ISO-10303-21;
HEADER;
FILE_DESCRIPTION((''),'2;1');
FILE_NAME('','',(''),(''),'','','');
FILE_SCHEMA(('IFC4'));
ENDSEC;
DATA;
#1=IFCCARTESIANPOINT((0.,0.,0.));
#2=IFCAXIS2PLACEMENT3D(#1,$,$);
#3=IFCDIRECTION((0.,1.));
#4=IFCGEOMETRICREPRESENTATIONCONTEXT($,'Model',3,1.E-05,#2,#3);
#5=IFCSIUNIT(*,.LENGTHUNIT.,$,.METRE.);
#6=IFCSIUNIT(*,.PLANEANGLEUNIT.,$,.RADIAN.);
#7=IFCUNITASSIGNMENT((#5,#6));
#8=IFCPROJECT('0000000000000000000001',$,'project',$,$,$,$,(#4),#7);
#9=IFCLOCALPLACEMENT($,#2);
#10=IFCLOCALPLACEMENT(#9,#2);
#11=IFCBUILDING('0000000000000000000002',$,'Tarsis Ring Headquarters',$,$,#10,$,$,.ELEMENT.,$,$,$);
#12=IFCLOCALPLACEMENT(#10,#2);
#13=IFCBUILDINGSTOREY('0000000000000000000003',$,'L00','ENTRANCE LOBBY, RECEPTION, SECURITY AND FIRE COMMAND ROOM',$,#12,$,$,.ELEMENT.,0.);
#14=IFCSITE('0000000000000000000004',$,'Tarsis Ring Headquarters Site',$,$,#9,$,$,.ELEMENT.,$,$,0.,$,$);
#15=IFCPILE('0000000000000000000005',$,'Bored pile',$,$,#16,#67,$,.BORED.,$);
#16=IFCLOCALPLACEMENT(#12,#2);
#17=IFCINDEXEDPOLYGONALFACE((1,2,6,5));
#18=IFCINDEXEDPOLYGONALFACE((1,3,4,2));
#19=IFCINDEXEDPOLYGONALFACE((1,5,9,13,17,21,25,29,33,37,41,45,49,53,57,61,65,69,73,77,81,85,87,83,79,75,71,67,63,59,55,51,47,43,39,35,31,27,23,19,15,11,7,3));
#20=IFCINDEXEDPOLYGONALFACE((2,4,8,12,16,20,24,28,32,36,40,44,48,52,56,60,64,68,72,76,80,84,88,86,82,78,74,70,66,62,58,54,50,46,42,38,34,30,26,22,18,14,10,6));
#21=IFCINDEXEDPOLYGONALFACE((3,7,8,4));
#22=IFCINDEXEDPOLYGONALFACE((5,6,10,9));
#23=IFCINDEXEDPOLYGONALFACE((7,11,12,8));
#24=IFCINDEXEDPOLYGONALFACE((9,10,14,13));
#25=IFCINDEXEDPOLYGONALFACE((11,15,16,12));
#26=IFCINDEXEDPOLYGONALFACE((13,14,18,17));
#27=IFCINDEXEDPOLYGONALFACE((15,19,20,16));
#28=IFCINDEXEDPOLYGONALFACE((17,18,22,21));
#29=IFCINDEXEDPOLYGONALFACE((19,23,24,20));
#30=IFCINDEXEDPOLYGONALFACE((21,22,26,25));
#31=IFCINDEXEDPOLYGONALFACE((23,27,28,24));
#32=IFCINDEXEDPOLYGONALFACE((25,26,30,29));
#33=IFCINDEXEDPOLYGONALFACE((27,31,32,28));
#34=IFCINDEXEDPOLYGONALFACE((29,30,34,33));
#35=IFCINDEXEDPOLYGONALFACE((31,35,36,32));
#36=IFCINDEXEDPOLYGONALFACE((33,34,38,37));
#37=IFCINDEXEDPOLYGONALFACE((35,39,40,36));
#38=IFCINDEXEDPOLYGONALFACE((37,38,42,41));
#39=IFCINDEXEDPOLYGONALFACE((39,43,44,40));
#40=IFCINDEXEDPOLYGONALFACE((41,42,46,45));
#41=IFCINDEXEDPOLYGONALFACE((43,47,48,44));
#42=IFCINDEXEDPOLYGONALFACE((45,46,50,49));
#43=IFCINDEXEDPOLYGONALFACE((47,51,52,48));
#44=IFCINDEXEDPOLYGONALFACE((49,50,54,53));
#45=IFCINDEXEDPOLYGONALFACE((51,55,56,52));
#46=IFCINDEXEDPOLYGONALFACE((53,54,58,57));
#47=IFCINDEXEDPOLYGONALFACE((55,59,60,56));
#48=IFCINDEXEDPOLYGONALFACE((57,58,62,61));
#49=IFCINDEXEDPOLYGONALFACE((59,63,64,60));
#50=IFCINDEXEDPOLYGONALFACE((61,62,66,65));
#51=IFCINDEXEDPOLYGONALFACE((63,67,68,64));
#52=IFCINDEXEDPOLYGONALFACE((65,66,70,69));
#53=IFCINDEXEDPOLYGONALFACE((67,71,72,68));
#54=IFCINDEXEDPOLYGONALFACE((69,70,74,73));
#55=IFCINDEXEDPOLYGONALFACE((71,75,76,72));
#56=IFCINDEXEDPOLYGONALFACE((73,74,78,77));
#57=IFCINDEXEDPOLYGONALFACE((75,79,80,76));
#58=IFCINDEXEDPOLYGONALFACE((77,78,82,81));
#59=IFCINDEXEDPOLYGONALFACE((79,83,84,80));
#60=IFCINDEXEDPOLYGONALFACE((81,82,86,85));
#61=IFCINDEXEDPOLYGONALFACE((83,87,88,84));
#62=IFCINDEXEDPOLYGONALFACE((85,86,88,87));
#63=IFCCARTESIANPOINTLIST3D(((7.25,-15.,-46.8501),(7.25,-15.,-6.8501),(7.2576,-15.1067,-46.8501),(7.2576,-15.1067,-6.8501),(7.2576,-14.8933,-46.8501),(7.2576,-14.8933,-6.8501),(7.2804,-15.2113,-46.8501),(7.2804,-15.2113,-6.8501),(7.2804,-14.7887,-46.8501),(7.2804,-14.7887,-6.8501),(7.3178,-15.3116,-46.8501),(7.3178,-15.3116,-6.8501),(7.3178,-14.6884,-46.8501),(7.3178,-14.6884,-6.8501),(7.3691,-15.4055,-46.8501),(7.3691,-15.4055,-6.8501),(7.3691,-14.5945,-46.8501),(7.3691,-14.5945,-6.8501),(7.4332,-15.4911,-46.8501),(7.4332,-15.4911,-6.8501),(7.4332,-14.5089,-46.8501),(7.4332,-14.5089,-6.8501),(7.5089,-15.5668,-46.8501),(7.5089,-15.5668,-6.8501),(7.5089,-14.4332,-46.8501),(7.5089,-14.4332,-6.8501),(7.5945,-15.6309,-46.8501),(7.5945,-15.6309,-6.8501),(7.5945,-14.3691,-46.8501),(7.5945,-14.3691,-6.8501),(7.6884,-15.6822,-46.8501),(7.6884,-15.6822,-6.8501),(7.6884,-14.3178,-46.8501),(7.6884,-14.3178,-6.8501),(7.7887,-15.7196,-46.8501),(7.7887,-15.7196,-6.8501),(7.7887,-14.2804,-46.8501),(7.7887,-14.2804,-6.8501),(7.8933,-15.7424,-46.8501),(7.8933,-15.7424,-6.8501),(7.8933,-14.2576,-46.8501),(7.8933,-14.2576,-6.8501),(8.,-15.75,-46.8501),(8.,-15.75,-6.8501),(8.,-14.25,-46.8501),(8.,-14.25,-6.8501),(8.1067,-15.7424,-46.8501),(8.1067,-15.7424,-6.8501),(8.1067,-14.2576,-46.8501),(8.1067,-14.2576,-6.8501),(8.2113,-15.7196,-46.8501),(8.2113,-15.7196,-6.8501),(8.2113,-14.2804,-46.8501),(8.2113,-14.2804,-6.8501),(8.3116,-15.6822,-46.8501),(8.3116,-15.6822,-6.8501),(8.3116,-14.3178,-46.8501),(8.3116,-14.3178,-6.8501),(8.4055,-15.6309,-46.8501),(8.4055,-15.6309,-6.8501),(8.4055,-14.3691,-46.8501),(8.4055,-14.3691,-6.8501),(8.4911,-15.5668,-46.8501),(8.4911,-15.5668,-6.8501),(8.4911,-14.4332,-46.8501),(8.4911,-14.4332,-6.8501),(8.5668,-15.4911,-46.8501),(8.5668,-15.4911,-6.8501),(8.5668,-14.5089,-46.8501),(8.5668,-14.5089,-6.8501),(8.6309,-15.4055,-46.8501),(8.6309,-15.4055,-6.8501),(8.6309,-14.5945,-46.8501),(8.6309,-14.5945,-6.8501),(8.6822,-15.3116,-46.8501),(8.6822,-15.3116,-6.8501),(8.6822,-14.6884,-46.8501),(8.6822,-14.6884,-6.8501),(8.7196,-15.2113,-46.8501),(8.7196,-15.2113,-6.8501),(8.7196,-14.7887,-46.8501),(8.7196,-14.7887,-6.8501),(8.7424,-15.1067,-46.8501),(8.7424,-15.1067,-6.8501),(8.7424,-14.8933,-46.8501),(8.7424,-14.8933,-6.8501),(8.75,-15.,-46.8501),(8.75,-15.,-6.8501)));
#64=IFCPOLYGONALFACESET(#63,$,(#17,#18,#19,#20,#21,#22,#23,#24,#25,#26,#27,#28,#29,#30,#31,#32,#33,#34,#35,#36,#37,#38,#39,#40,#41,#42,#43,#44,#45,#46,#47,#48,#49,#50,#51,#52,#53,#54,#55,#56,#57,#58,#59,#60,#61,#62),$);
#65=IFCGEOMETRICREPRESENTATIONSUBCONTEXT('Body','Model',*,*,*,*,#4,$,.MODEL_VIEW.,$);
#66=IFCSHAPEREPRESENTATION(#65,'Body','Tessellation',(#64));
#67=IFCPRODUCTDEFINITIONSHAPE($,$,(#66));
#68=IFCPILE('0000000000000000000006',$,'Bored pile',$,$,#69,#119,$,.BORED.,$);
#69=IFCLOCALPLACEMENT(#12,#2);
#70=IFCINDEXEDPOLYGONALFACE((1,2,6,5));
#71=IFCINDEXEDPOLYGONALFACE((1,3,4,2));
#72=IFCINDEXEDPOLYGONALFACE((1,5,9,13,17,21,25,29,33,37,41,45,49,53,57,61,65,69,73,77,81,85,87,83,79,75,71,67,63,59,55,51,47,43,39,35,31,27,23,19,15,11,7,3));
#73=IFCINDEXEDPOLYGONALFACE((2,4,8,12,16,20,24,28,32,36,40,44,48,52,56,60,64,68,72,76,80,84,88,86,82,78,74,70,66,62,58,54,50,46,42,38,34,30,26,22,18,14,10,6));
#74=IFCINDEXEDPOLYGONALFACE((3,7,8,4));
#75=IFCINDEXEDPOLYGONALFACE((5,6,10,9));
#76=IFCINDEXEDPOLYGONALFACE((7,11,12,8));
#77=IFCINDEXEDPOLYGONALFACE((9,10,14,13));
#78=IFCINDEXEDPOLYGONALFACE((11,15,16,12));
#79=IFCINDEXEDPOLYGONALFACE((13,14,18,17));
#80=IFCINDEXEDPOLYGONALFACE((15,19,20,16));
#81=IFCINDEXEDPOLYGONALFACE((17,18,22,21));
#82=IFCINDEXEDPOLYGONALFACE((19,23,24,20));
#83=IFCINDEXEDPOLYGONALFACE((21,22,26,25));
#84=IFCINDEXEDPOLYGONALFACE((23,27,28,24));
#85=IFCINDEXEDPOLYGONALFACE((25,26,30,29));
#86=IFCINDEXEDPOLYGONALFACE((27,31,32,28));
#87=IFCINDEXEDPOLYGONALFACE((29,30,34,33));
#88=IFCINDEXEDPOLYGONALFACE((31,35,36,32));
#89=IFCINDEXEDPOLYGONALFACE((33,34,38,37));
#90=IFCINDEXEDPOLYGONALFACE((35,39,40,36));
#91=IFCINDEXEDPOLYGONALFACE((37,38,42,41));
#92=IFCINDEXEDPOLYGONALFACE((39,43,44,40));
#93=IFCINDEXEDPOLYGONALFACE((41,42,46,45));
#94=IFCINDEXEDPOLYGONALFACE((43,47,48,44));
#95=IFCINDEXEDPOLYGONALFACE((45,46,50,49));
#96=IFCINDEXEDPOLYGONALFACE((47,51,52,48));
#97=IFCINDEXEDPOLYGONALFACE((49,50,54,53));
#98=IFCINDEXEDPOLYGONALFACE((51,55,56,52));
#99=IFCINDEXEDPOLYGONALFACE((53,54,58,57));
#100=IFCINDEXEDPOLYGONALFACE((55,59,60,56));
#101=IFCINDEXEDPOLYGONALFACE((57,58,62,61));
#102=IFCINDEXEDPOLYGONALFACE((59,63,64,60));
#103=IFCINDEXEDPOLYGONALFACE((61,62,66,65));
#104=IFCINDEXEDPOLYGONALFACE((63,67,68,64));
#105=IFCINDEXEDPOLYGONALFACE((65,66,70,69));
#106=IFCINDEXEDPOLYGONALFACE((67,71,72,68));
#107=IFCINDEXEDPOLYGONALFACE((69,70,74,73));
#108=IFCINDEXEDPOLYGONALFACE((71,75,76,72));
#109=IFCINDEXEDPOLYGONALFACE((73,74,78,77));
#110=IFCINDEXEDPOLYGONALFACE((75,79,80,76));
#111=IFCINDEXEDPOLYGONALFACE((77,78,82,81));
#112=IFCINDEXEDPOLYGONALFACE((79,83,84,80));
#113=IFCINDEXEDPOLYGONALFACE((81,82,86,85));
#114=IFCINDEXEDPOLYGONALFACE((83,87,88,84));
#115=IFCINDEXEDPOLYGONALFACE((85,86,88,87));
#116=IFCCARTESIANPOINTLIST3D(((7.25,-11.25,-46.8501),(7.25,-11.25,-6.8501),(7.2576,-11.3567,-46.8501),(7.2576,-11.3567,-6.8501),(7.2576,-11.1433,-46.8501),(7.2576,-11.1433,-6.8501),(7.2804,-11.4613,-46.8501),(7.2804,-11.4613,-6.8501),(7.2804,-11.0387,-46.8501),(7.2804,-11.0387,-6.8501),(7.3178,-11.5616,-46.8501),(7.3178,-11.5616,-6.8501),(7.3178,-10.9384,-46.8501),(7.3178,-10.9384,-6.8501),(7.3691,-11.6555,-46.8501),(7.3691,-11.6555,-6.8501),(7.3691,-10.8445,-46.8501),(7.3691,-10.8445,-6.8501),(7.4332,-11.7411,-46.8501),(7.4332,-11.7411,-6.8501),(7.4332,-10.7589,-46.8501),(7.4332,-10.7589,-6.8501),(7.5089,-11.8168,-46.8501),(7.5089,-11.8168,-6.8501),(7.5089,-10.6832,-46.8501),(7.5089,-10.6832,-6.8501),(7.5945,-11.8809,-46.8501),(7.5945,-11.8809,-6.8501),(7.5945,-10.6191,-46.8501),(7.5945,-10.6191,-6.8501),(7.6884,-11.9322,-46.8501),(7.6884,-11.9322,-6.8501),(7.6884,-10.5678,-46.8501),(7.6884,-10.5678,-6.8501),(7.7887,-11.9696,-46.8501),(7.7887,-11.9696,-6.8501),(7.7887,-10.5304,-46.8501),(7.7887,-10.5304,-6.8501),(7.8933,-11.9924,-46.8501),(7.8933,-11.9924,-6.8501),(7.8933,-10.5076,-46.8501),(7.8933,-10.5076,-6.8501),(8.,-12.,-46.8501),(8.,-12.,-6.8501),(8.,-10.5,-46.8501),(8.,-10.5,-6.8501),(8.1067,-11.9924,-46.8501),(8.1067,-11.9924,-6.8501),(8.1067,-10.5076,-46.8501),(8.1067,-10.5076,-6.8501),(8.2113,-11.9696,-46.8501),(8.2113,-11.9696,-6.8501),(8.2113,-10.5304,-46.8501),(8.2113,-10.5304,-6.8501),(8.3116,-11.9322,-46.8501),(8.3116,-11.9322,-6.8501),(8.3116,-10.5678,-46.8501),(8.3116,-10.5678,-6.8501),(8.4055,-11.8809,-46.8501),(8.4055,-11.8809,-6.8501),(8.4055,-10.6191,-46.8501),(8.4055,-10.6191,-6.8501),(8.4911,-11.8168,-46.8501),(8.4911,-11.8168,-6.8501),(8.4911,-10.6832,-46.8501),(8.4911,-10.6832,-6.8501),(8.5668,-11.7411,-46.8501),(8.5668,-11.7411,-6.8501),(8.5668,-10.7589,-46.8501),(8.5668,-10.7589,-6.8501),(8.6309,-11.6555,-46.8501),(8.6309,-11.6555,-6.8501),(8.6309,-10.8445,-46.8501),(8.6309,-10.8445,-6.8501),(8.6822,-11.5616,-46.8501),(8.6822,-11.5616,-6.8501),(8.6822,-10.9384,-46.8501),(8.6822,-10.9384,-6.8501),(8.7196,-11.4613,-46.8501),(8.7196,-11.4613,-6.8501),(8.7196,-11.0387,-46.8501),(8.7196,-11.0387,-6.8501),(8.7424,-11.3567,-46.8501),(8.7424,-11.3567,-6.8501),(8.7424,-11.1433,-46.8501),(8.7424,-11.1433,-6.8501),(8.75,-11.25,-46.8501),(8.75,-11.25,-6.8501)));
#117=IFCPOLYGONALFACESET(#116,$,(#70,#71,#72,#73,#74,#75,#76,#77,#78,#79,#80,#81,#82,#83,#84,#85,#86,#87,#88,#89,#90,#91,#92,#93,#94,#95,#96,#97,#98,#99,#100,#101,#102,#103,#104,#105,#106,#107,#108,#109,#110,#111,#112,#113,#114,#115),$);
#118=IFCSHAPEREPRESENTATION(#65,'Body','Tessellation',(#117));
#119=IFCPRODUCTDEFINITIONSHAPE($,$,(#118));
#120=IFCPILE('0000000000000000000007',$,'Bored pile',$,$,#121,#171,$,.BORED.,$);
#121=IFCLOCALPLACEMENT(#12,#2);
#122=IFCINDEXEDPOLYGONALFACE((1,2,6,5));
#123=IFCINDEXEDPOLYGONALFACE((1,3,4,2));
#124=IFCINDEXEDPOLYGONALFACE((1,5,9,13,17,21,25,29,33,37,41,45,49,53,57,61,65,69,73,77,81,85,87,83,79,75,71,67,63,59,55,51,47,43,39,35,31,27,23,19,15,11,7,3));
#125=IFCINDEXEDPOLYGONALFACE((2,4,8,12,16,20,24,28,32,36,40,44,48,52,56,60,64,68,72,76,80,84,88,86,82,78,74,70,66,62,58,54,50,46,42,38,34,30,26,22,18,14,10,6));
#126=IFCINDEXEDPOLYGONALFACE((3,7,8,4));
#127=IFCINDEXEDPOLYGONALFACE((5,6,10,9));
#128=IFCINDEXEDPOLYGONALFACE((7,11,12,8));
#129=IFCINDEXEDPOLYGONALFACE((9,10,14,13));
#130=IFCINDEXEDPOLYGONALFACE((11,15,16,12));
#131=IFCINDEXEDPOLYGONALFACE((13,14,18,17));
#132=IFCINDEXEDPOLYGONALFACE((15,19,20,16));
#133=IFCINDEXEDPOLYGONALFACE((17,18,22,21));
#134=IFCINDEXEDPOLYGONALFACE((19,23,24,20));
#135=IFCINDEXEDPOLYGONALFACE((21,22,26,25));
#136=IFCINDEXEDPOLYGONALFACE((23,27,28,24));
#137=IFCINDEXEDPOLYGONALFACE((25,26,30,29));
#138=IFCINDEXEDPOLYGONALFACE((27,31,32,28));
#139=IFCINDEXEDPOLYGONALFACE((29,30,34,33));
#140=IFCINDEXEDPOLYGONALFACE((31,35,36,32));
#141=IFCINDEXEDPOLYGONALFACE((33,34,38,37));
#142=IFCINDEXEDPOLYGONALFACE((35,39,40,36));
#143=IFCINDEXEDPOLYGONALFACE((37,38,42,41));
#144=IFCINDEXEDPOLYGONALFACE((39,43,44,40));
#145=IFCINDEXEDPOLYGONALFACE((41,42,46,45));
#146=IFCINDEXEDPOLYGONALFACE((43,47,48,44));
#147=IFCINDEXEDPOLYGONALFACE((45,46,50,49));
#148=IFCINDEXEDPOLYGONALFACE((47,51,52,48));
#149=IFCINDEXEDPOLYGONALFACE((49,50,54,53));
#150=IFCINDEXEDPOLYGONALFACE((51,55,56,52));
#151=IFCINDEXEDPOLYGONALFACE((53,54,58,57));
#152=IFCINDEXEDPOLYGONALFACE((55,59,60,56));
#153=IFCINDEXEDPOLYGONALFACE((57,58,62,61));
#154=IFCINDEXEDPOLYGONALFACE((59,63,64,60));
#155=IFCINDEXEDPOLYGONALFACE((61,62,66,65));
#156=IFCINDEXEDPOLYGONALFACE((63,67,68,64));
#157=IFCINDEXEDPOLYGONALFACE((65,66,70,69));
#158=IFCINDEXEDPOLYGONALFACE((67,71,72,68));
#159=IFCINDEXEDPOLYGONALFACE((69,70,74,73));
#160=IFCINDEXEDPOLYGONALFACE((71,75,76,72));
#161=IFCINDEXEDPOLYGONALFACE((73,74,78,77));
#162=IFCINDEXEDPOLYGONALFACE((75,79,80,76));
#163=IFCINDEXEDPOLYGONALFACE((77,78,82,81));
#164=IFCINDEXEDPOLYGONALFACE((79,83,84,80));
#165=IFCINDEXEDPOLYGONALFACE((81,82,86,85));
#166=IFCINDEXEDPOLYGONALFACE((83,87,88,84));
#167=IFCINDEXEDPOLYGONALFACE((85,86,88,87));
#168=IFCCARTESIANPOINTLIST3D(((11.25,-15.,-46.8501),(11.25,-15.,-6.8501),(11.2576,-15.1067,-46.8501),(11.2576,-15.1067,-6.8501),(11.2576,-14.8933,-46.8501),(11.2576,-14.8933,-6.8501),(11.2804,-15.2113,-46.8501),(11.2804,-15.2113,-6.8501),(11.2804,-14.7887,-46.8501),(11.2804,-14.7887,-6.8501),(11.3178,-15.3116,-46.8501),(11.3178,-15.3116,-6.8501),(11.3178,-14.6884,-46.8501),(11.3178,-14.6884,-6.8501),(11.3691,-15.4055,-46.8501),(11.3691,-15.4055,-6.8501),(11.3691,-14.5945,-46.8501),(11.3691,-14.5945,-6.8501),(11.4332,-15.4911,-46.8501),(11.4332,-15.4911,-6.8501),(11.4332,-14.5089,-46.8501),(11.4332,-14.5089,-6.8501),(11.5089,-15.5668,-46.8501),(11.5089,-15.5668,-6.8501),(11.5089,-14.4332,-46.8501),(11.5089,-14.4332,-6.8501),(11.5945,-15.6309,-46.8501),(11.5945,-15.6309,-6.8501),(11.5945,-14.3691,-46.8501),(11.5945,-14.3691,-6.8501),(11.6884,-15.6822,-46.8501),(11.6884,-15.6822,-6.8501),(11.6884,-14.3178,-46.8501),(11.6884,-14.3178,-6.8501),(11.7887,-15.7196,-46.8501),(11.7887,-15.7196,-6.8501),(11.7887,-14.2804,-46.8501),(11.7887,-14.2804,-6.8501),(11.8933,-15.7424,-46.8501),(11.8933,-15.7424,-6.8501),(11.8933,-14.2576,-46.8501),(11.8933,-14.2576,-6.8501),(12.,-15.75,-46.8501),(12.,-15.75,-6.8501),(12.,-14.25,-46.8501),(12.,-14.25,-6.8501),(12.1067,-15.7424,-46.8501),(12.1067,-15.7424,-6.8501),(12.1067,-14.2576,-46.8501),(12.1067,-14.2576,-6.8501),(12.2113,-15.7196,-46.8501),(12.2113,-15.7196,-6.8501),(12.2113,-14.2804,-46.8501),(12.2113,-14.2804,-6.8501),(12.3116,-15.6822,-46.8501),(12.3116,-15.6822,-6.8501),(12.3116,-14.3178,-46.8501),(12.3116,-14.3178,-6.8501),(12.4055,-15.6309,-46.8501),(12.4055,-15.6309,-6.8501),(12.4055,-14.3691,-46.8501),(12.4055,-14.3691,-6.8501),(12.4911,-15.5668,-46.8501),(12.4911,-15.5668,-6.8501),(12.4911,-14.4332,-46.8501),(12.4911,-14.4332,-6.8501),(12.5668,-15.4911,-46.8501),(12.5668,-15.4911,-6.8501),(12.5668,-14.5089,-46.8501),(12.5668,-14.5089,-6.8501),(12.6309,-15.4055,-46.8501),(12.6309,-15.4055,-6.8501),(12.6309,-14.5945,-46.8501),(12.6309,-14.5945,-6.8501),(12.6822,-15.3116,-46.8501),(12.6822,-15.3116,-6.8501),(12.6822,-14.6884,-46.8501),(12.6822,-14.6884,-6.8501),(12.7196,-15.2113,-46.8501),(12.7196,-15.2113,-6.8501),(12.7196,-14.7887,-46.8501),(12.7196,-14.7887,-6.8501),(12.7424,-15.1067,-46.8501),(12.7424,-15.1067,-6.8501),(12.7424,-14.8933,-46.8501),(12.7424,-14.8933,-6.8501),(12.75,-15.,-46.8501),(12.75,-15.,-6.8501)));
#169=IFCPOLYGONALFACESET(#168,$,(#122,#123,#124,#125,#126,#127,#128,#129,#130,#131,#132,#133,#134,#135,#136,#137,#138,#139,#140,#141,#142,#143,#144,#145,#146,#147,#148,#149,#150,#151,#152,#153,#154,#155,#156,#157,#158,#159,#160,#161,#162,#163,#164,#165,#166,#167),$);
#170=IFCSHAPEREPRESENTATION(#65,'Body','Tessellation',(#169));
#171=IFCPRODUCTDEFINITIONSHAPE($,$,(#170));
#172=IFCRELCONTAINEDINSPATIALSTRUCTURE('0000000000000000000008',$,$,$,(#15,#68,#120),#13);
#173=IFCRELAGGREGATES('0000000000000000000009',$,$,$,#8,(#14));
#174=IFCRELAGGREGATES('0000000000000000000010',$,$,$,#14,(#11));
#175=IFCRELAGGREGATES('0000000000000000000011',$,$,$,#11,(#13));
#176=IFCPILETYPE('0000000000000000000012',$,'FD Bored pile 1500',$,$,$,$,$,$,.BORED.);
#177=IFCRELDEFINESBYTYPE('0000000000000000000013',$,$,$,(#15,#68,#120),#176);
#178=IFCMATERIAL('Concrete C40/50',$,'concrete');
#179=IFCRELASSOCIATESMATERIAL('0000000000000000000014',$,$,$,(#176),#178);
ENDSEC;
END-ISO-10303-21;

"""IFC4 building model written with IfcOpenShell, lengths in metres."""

from ifc_helpers import new_model, si_unit, direction, frame, origin, origin_2d, place, context, subcontext, project, spatial, circle, extrude, material, material_profile, profile_set, type_object, element, save


model = new_model("IFC4")

# Units and contexts
model_context = context("Model", 3, precision=1e-05, world=origin(), true_north=direction((0.0, 1.0)))
body_context = subcontext(model_context, "Body", "Model", "MODEL_VIEW")
ifc_project = project(units=[si_unit("LENGTHUNIT", "METRE"), si_unit("PLANEANGLEUNIT", "RADIAN")], contexts=[model_context])

# Site, building, storey
site_placement = place(None, origin())
site = spatial("IfcSite", under=ifc_project, at=site_placement, Name="Tarsis Ring Headquarters Site", CompositionType="ELEMENT", RefElevation=0.0)
building_placement = place(site_placement, origin())
building = spatial("IfcBuilding", under=site, at=building_placement, Name="Tarsis Ring Headquarters", CompositionType="ELEMENT")
storey_placement = place(building_placement, origin())
storey = spatial("IfcBuildingStorey", under=building, at=storey_placement, Name="L00", Description="ENTRANCE LOBBY, RECEPTION, SECURITY AND FIRE COMMAND ROOM", CompositionType="ELEMENT", Elevation=0.0)

# Piles
ifc_material_1 = material(Name="Concrete C40/50", Category="concrete")
ifc_material_profile = material_profile(ifc_material_1, circle(Radius=0.75, at=origin_2d()), Name="BORED 1500")
ifc_profile_set = profile_set([ifc_material_profile], Name="Concrete C40/50")
pile_type = type_object("IfcPileType", Name="FD Bored pile 1500", PredefinedType="BORED", material=ifc_profile_set)
for number, where, z_axis, x_axis, name in (
    (1, (8.0, -15.0, -6.8501), (0.0, 0.0, -1.0), (1.0, 0.0, 0.0), "Bored pile"),
    (2, (8.0, -11.25, -6.8501), (0.0, 0.0, -1.0), (1.0, 0.0, 0.0), "Bored pile"),
    (3, (12.0, -15.0, -6.8501), (0.0, 0.0, -1.0), (1.0, 0.0, 0.0), "Bored pile"),
):
    element("IfcPile", number, at=place(storey_placement, frame(where, z_axis=z_axis, x_axis=x_axis)), inside=storey, type_object=pile_type, Name=name, PredefinedType="BORED", context=body_context, shape_type="SweptSolid", body=[
        extrude(circle(Radius=0.75, at=origin_2d()), origin(), (0.0, 0.0, 1.0), 40.0),
    ])

save(model, "model.ifc")
